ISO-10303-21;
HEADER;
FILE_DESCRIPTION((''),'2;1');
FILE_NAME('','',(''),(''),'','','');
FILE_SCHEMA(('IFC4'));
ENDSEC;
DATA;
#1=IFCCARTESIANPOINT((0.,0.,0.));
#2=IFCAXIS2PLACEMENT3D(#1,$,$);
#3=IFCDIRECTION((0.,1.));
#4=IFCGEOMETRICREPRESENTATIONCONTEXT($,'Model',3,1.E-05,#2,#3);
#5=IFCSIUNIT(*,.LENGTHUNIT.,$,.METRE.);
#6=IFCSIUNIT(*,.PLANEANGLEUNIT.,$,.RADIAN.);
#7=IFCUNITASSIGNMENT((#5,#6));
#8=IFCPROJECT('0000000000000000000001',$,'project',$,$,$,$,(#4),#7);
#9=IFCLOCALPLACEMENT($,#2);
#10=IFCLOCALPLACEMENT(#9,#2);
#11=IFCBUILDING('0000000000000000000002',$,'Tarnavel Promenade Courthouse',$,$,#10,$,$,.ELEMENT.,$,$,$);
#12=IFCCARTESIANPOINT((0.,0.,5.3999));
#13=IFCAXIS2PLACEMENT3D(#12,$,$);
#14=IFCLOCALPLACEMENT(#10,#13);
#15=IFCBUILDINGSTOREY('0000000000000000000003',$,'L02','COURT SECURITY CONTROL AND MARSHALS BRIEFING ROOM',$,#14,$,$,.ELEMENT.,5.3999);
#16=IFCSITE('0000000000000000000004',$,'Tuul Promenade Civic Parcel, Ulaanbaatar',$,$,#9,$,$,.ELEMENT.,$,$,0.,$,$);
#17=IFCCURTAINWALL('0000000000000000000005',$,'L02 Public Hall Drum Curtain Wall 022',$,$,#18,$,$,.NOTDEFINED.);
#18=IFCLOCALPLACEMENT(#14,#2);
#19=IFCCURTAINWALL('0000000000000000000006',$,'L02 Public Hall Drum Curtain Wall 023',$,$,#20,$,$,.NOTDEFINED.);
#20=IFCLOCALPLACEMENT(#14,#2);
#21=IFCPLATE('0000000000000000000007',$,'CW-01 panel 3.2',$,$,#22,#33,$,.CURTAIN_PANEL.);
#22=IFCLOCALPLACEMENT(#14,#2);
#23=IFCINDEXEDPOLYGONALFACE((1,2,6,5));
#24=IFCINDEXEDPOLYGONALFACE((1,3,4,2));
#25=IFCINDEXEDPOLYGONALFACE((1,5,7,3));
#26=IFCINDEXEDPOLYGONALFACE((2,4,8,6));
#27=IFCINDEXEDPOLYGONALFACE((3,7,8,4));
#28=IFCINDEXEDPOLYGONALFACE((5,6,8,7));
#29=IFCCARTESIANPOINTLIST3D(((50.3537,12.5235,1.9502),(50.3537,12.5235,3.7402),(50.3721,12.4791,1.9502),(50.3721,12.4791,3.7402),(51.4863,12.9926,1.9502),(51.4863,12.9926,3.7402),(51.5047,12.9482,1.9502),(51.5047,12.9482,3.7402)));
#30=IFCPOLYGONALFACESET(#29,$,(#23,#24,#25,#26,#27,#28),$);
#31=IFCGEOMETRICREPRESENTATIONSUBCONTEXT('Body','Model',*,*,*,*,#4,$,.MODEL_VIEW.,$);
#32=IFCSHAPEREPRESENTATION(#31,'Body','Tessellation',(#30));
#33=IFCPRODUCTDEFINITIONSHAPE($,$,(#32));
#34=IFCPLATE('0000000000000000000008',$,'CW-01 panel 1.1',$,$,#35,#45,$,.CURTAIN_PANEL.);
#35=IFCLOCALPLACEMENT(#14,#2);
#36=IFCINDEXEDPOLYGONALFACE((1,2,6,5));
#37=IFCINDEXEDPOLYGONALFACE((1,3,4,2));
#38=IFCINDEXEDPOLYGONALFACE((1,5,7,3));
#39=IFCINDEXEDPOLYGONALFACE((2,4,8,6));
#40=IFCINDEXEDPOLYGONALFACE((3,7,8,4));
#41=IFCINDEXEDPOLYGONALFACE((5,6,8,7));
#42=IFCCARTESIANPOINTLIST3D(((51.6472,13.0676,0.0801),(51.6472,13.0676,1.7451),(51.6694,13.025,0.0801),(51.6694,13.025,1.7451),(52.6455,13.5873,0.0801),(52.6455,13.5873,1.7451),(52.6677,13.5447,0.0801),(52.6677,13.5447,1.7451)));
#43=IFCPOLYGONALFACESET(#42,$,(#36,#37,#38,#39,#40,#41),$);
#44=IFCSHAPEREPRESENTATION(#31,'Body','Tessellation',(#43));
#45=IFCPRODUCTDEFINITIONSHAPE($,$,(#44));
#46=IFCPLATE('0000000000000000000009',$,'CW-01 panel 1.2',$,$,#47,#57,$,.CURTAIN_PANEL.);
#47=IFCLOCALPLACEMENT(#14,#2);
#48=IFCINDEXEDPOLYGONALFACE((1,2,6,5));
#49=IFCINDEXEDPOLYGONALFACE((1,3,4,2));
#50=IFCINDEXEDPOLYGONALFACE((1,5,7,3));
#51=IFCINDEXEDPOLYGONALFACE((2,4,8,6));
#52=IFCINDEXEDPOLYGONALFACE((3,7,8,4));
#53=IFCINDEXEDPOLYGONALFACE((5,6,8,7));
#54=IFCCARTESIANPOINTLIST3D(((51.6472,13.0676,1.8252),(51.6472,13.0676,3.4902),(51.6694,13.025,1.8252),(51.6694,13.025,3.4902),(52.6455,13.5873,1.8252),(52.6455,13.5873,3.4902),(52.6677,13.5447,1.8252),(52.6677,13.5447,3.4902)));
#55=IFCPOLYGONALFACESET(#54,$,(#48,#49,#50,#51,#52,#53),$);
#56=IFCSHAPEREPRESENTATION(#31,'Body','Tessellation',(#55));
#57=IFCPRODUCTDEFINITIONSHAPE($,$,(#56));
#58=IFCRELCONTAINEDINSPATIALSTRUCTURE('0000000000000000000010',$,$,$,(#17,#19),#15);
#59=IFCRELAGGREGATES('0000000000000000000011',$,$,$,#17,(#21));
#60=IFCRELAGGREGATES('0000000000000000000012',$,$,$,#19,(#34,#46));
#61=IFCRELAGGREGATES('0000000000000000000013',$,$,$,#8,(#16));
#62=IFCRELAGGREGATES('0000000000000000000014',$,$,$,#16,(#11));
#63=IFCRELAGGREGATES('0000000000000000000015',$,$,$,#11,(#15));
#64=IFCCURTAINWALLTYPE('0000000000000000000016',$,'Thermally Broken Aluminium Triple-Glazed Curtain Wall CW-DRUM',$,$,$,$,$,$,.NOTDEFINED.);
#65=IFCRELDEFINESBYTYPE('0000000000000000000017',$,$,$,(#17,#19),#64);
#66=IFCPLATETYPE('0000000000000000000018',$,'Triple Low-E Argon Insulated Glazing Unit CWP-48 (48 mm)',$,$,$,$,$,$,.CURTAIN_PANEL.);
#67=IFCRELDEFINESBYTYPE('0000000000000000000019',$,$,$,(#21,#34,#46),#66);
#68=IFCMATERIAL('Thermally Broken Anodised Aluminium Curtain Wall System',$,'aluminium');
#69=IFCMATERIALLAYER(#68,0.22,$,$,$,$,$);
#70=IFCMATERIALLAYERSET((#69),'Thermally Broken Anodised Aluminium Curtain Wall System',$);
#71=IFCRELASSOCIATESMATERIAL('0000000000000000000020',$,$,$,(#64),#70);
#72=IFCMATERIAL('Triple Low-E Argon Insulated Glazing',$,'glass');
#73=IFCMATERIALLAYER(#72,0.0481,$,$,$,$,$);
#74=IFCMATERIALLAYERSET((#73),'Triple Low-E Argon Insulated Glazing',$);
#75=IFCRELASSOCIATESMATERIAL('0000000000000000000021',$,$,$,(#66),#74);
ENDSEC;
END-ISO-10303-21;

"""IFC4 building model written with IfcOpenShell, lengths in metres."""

from ifc_helpers import new_model, si_unit, direction, frame, origin, origin_2d, place, context, subcontext, project, spatial, rectangle, extrude, material, layer, layer_set, type_object, element, aggregate, save


model = new_model("IFC4")

# Units and contexts
model_context = context("Model", 3, precision=1e-05, world=origin(), true_north=direction((0.0, 1.0)))
body_context = subcontext(model_context, "Body", "Model", "MODEL_VIEW")
ifc_project = project(units=[si_unit("LENGTHUNIT", "METRE"), si_unit("PLANEANGLEUNIT", "RADIAN")], contexts=[model_context])

# Site, building, storey
site_placement = place(None, origin())
site = spatial("IfcSite", under=ifc_project, at=site_placement, Name="Tuul Promenade Civic Parcel, Ulaanbaatar", CompositionType="ELEMENT", RefElevation=0.0)
building_placement = place(site_placement, origin())
building = spatial("IfcBuilding", under=site, at=building_placement, Name="Tarnavel Promenade Courthouse", CompositionType="ELEMENT")
storey_placement = place(building_placement, frame((0.0, 0.0, 5.3999)))
storey = spatial("IfcBuildingStorey", under=building, at=storey_placement, Name="L02", Description="COURT SECURITY CONTROL AND MARSHALS BRIEFING ROOM", CompositionType="ELEMENT", Elevation=5.3999)

# Curtain walls
ifc_material_1 = material(Name="Thermally Broken Anodised Aluminium Curtain Wall System", Category="aluminium")
ifc_layer_1 = layer(ifc_material_1, 0.22)
ifc_layer_set_1 = layer_set([ifc_layer_1], Name="Thermally Broken Anodised Aluminium Curtain Wall System")
curtain_wall_type = type_object("IfcCurtainWallType", Name="Thermally Broken Aluminium Triple-Glazed Curtain Wall CW-DRUM", PredefinedType="NOTDEFINED", material=ifc_layer_set_1)
curtain_wall_1_placement = place(storey_placement, origin())
curtain_wall_1 = element("IfcCurtainWall", 1, at=curtain_wall_1_placement, inside=storey, type_object=curtain_wall_type, Name="L02 Public Hall Drum Curtain Wall 022", PredefinedType="NOTDEFINED")
curtain_wall_2_placement = place(storey_placement, origin())
curtain_wall_2 = element("IfcCurtainWall", 2, at=curtain_wall_2_placement, inside=storey, type_object=curtain_wall_type, Name="L02 Public Hall Drum Curtain Wall 023", PredefinedType="NOTDEFINED")

# Plates
ifc_material_2 = material(Name="Triple Low-E Argon Insulated Glazing", Category="glass")
ifc_layer_2 = layer(ifc_material_2, 0.0481)
ifc_layer_set_2 = layer_set([ifc_layer_2], Name="Triple Low-E Argon Insulated Glazing")
plate_type = type_object("IfcPlateType", Name="Triple Low-E Argon Insulated Glazing Unit CWP-48 (48 mm)", PredefinedType="CURTAIN_PANEL", material=ifc_layer_set_2)
plate_1_placement = place(storey_placement, frame((50.9292, 12.7358, 1.9502), z_axis=(0.0, 0.0, 1.0), x_axis=(0.923879, 0.382685, 0.0)))
plate_1 = element("IfcPlate", 3, at=plate_1_placement, type_object=plate_type, Name="CW-01 panel 3.2", PredefinedType="CURTAIN_PANEL", context=body_context, shape_type="SweptSolid", body=[
    extrude(rectangle(XDim=1.2258, YDim=0.0481, at=origin_2d()), origin(), (0.0, 0.0, 1.0), 1.79),
])
aggregate(curtain_wall_1, [plate_1])
plate_2_placement = place(storey_placement, frame((52.1575, 13.3062, 0.0801), z_axis=(0.0, 0.0, 1.0), x_axis=(0.887011, 0.461747, 0.0)))
plate_2 = element("IfcPlate", 4, at=plate_2_placement, type_object=plate_type, Name="CW-01 panel 1.1", PredefinedType="CURTAIN_PANEL", context=body_context, shape_type="SweptSolid", body=[
    extrude(rectangle(XDim=1.1255, YDim=0.0481, at=origin_2d()), origin(), (0.0, 0.0, 1.0), 1.665),
])
plate_3_placement = place(storey_placement, frame((52.1575, 13.3062, 1.8252), z_axis=(0.0, 0.0, 1.0), x_axis=(0.887011, 0.461747, 0.0)))
plate_3 = element("IfcPlate", 5, at=plate_3_placement, type_object=plate_type, Name="CW-01 panel 1.2", PredefinedType="CURTAIN_PANEL", context=body_context, shape_type="SweptSolid", body=[
    extrude(rectangle(XDim=1.1255, YDim=0.0481, at=origin_2d()), origin(), (0.0, 0.0, 1.0), 1.665),
])
aggregate(curtain_wall_2, [plate_2, plate_3])

save(model, "model.ifc")
